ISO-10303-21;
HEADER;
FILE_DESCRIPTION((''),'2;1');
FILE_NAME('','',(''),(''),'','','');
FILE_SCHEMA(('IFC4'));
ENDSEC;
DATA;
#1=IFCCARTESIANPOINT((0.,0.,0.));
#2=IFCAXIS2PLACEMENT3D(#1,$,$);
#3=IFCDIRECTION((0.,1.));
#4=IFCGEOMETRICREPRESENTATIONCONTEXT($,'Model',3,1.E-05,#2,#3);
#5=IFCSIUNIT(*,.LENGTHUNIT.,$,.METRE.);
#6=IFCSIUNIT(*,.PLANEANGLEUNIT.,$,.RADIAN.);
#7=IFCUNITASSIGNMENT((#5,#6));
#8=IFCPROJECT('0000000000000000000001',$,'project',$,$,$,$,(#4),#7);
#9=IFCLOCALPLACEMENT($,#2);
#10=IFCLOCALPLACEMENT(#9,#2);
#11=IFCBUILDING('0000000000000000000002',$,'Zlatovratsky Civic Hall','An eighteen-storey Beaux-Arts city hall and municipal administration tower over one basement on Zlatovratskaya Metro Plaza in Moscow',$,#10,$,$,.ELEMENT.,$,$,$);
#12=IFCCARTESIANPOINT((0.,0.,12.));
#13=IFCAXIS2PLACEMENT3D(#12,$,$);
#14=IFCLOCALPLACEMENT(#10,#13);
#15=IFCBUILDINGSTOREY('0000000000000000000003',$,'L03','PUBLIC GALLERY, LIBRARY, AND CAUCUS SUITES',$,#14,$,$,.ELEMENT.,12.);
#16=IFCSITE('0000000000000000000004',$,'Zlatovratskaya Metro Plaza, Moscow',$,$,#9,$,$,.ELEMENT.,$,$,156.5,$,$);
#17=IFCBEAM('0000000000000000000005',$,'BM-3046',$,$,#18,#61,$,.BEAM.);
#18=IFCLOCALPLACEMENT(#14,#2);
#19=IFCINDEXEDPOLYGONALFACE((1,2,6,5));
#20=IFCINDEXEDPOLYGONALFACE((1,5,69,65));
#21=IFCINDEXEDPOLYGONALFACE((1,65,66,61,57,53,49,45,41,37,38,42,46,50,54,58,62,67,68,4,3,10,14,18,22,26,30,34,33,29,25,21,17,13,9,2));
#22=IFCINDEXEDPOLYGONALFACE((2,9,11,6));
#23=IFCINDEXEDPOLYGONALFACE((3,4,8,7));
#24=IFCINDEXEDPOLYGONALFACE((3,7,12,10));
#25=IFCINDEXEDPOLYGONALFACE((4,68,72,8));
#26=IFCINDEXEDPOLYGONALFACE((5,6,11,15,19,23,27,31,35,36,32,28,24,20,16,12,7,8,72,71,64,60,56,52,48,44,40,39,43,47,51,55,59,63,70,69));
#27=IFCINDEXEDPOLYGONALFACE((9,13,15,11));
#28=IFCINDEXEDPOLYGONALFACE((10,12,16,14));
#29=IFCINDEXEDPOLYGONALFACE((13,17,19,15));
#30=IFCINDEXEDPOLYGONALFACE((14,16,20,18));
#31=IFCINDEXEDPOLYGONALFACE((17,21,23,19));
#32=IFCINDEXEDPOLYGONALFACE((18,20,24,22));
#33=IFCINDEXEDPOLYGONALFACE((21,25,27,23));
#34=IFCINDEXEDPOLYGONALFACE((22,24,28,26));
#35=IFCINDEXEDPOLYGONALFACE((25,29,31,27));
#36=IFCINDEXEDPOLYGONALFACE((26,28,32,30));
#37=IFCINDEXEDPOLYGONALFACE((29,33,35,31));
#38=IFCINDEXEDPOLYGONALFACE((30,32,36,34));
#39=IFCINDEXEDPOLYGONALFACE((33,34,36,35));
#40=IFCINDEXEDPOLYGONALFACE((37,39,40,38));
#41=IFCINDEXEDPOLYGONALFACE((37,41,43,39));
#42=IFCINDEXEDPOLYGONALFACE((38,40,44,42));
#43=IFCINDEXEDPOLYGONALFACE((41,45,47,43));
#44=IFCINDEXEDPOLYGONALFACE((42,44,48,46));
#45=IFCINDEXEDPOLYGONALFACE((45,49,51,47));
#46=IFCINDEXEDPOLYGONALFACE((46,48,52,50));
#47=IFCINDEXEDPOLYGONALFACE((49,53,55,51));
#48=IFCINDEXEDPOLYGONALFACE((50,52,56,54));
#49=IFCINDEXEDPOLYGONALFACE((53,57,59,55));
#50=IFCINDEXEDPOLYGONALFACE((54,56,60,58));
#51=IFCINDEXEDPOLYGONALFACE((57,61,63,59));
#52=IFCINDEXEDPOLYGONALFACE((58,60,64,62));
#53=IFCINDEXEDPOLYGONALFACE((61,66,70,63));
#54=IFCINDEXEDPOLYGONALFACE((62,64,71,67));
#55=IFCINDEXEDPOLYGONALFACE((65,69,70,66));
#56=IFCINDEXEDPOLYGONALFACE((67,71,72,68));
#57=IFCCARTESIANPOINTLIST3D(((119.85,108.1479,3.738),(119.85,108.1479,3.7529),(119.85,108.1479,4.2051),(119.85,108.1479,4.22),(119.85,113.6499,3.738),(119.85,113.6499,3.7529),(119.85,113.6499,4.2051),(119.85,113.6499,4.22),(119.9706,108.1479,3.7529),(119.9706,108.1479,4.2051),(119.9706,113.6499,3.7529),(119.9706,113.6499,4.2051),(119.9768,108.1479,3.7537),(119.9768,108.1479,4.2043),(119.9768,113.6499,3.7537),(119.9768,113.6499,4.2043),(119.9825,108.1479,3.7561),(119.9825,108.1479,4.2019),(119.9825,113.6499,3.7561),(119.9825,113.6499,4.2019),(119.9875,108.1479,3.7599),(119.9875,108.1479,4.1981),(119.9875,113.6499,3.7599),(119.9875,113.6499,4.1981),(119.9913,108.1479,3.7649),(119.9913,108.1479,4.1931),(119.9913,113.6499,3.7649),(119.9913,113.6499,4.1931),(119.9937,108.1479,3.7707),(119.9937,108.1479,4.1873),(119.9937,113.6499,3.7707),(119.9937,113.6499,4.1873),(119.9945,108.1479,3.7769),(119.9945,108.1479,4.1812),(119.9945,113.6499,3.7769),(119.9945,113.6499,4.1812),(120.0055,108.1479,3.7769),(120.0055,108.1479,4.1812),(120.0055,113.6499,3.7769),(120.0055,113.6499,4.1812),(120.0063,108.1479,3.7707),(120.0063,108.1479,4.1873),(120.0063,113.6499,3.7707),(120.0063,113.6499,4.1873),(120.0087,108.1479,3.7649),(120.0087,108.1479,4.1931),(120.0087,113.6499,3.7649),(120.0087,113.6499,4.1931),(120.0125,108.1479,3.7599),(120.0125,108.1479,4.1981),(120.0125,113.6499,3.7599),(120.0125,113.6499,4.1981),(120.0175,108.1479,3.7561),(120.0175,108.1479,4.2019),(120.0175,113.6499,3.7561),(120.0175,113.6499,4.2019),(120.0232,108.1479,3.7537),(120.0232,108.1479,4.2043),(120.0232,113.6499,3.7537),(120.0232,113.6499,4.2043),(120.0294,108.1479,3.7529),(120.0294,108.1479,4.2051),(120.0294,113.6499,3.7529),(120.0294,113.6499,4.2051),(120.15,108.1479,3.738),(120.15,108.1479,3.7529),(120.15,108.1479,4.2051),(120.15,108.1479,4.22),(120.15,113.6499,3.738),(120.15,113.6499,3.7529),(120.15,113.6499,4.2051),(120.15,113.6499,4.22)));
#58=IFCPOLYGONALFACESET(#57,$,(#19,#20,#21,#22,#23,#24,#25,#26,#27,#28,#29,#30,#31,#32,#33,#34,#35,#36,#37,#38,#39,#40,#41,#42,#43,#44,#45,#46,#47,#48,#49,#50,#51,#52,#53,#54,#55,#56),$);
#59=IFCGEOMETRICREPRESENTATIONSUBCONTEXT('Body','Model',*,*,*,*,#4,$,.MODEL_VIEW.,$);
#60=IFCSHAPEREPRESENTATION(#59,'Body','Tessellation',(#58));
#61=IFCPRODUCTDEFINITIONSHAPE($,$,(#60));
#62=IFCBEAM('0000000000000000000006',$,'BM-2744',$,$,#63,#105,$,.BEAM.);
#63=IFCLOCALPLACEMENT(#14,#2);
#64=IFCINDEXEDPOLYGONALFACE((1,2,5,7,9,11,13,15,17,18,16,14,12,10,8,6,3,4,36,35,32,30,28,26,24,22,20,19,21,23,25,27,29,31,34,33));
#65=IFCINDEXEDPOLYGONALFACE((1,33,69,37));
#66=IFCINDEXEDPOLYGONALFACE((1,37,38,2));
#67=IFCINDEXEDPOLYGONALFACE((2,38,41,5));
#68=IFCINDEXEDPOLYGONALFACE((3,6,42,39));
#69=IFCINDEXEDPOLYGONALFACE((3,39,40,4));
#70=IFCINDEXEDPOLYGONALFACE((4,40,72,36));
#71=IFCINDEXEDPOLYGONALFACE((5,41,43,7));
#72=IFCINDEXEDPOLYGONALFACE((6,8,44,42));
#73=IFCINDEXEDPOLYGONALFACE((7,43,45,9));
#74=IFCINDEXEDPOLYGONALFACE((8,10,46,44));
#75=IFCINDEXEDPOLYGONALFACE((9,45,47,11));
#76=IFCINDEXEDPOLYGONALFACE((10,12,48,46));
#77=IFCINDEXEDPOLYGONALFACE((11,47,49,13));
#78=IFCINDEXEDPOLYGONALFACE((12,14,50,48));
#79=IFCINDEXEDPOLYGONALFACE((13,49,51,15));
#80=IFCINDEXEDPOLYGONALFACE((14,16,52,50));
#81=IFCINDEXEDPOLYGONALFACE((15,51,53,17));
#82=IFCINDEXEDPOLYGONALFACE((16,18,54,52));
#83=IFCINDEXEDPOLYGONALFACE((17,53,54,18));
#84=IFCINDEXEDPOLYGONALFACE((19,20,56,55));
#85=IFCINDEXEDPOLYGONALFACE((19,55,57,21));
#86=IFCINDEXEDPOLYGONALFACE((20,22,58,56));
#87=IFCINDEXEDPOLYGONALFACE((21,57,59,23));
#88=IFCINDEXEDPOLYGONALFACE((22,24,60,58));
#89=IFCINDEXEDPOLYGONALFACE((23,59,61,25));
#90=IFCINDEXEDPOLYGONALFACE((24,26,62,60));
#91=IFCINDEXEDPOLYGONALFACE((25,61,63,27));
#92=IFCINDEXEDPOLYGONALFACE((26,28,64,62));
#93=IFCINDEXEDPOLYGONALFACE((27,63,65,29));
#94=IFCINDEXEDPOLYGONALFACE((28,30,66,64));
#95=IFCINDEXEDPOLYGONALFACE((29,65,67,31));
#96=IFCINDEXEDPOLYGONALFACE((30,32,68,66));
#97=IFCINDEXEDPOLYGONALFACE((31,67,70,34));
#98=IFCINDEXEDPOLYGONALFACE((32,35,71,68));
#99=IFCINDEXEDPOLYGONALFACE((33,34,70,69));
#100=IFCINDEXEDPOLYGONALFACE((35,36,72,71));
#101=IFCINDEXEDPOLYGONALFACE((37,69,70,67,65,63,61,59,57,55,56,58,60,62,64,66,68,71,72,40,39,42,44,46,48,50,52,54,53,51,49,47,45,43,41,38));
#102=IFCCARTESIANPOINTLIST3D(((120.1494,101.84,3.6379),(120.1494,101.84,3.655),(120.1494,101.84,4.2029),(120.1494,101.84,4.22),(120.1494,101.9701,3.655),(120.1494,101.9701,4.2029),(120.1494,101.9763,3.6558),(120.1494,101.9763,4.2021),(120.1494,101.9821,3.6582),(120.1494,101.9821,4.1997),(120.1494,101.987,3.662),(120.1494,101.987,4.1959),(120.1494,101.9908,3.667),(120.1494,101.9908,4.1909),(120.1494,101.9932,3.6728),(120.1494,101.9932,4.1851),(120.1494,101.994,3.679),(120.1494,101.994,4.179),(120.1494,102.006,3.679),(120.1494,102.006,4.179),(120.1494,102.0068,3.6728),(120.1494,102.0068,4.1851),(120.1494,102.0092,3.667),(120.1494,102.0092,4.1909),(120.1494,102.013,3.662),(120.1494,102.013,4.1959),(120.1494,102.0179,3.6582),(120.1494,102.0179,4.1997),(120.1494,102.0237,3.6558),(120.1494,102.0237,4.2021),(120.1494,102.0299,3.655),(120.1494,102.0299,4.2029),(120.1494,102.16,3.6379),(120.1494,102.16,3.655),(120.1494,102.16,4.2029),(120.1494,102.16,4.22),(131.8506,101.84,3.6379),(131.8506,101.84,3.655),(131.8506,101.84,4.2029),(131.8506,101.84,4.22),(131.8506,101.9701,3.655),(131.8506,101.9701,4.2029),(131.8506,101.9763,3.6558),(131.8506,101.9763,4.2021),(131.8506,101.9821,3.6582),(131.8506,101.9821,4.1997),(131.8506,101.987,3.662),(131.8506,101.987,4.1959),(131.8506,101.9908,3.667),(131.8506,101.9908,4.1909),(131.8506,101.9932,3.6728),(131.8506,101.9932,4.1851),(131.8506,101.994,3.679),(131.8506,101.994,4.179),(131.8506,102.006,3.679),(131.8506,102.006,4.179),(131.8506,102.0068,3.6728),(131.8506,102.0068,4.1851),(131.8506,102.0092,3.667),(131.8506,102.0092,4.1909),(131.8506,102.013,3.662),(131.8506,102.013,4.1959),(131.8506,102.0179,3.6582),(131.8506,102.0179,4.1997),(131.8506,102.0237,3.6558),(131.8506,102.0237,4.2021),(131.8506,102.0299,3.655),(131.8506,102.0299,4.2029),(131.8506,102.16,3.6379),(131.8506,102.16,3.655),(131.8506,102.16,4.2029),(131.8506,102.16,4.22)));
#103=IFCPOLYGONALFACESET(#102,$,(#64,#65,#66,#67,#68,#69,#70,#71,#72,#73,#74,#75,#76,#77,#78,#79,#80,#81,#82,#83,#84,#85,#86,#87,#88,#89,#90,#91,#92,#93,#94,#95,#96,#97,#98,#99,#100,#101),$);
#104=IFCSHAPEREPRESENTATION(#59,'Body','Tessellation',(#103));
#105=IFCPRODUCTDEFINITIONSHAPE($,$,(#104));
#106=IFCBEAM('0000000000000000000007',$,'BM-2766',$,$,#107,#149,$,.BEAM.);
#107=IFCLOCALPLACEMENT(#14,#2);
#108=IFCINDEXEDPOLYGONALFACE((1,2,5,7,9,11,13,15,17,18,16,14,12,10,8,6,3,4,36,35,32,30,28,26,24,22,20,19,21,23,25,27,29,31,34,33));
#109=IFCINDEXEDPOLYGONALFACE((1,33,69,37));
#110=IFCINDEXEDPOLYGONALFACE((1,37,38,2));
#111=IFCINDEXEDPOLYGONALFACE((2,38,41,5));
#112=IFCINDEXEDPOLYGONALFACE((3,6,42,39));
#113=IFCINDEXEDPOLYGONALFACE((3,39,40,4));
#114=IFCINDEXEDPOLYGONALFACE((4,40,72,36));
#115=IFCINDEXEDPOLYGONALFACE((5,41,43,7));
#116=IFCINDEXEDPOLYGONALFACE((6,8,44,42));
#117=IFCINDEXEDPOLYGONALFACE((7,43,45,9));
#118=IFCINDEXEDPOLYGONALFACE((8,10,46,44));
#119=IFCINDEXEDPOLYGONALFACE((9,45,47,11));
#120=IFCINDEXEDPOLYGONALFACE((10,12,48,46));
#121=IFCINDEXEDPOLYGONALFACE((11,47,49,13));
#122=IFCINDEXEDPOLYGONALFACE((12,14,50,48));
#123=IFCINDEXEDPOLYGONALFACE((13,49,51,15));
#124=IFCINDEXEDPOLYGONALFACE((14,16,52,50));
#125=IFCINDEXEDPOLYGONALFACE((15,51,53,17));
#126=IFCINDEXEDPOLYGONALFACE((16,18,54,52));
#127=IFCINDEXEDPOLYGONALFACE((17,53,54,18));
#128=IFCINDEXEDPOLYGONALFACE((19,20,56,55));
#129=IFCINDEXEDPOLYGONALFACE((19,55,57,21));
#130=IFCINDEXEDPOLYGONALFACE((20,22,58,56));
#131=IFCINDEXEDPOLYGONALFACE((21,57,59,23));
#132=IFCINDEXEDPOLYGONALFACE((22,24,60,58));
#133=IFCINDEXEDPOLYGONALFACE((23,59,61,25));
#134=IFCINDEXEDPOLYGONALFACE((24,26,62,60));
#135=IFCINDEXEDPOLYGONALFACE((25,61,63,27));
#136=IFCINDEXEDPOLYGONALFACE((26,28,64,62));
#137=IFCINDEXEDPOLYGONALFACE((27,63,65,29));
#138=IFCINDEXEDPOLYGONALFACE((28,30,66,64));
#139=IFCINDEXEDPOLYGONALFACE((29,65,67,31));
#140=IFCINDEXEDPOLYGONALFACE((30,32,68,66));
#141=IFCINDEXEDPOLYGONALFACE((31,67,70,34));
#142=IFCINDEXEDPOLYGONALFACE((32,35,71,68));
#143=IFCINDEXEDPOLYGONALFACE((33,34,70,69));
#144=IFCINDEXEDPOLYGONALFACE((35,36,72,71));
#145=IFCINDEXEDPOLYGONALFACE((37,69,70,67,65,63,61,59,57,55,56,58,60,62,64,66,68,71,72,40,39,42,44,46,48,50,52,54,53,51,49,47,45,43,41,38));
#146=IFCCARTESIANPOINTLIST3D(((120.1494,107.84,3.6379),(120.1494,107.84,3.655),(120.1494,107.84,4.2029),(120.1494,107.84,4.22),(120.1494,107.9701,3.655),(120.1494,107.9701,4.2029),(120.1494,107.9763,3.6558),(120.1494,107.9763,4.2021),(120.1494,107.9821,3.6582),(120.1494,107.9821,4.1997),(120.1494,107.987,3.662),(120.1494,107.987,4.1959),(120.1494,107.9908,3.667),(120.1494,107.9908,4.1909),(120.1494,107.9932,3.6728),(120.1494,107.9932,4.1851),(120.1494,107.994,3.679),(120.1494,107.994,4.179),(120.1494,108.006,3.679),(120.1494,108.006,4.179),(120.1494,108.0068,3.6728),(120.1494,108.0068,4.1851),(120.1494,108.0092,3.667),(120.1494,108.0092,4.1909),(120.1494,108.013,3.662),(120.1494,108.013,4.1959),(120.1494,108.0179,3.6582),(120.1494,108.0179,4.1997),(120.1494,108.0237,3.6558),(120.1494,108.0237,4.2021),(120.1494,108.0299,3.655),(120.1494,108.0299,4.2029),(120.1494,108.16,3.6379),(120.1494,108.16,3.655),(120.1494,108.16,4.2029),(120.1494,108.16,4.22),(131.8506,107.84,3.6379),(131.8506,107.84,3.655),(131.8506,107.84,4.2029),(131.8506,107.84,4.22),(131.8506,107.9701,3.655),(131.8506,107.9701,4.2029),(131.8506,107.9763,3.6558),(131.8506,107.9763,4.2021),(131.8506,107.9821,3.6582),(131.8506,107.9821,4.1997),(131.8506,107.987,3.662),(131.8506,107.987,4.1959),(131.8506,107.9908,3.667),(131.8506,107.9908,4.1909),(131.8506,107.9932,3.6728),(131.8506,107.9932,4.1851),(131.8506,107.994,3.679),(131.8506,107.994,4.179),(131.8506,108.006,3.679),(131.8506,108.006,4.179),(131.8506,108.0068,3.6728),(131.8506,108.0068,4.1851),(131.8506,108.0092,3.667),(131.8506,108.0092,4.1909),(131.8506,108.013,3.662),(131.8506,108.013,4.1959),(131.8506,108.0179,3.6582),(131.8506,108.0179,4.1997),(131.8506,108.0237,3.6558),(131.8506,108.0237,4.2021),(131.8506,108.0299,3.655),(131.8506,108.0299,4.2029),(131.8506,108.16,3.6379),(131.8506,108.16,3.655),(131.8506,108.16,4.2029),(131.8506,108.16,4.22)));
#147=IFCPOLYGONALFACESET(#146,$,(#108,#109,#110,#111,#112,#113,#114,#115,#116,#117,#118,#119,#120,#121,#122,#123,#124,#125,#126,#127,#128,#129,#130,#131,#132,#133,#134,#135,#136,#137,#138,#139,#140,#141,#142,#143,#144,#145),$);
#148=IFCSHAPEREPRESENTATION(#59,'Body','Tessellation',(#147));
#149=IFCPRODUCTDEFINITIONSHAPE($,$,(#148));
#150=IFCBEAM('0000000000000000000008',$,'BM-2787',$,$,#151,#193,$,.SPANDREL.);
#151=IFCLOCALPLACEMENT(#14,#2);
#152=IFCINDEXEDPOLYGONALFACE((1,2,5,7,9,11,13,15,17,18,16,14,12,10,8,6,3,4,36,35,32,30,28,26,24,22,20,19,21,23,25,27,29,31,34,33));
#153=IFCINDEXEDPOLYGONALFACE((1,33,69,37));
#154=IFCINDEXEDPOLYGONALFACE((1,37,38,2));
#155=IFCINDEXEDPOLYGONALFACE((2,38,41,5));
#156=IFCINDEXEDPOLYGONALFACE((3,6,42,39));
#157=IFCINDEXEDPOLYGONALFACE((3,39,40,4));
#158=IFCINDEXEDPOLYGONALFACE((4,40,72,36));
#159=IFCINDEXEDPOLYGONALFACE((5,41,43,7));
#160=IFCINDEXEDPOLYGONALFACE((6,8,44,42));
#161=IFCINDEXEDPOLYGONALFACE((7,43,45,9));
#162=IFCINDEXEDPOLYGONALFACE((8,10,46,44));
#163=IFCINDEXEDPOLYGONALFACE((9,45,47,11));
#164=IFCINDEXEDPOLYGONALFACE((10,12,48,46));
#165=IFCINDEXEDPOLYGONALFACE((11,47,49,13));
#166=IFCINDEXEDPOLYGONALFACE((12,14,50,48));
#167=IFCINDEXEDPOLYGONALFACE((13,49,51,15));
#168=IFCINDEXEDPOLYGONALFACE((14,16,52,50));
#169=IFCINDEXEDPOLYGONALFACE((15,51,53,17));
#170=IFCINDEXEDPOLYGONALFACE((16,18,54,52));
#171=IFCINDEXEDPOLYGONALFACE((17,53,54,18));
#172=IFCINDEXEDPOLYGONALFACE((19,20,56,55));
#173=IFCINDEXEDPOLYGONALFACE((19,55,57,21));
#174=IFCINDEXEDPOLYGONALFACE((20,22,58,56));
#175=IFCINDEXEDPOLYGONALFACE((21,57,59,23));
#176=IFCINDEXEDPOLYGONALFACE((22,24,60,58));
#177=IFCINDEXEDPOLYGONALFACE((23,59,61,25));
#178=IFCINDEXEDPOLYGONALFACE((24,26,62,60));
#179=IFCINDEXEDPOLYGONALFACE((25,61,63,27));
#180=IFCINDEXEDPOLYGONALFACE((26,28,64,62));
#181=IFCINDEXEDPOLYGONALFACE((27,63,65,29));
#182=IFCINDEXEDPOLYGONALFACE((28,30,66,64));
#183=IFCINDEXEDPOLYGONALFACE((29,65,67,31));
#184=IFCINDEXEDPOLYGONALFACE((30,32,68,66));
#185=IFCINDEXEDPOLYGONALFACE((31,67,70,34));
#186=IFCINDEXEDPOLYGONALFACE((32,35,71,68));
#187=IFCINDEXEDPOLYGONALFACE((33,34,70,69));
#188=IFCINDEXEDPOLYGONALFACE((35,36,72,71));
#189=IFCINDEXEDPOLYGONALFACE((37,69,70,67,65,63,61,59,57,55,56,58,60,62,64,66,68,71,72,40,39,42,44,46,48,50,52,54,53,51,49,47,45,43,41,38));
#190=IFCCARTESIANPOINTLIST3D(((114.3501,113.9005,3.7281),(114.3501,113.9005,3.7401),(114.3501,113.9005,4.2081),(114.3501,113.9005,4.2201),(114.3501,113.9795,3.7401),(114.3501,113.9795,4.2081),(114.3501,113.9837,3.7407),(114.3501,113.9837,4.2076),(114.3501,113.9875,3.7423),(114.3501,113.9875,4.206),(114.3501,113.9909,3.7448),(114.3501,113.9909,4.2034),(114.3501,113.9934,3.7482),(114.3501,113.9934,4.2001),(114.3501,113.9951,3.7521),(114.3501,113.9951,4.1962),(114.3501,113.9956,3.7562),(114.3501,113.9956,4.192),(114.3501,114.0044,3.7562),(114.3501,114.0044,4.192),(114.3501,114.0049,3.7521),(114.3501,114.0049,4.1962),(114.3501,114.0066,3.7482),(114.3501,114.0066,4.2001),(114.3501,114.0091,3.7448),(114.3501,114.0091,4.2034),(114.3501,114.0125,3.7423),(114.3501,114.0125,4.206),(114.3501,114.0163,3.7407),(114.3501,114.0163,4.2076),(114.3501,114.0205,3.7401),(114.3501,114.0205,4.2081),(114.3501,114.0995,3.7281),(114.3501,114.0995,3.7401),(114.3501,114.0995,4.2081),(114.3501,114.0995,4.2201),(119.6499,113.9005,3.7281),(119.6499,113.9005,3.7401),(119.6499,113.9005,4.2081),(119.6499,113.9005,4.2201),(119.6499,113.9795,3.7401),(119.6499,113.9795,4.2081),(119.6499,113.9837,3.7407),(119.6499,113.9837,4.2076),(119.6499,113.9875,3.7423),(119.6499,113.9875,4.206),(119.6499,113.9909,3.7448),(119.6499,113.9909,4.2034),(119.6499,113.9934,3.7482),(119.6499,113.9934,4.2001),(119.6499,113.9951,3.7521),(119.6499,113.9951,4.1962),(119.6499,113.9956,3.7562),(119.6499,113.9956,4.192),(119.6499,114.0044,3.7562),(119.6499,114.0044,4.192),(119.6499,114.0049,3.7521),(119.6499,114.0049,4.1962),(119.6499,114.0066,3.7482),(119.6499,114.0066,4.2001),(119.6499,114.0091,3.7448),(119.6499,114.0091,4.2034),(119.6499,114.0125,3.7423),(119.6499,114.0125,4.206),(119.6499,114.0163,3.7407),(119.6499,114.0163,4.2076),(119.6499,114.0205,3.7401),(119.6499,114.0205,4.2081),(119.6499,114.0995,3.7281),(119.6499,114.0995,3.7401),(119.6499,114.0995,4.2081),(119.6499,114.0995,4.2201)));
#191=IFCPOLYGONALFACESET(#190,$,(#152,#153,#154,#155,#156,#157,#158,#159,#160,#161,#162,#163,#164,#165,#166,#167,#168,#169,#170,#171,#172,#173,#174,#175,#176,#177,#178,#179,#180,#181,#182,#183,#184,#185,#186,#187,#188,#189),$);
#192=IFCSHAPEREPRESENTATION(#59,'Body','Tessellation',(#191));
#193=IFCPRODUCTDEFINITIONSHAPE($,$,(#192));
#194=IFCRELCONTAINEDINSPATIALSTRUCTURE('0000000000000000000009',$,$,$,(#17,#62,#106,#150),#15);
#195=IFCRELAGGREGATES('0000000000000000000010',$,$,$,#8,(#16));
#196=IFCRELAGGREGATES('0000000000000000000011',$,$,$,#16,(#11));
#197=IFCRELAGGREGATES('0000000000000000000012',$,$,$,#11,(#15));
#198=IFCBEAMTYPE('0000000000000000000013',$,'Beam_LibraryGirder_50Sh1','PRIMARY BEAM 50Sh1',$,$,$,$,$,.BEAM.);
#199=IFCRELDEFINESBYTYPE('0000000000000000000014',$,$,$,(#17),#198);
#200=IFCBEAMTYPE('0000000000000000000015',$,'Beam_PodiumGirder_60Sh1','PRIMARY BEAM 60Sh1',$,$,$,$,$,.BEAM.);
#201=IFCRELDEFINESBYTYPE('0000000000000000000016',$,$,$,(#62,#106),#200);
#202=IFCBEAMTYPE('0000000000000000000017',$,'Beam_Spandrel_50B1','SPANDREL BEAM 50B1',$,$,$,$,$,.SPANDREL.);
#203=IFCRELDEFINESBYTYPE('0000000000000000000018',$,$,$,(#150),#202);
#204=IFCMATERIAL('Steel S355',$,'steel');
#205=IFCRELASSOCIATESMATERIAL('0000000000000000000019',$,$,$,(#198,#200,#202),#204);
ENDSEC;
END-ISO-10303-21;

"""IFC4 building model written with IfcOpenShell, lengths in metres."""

from ifc_helpers import new_model, si_unit, direction, frame, origin, origin_2d, place, context, subcontext, project, spatial, i_section, extrude, material, material_profile, profile_set, type_object, element, save


model = new_model("IFC4")

# Units and contexts
model_context = context("Model", 3, precision=1e-05, world=origin(), true_north=direction((0.0, 1.0)))
body_context = subcontext(model_context, "Body", "Model", "MODEL_VIEW")
ifc_project = project(units=[si_unit("LENGTHUNIT", "METRE"), si_unit("PLANEANGLEUNIT", "RADIAN")], contexts=[model_context])

# Site, building, storey
site_placement = place(None, origin())
site = spatial("IfcSite", under=ifc_project, at=site_placement, Name="Zlatovratskaya Metro Plaza, Moscow", CompositionType="ELEMENT", RefElevation=156.5)
building_placement = place(site_placement, origin())
building = spatial("IfcBuilding", under=site, at=building_placement, Name="Zlatovratsky Civic Hall", Description="An eighteen-storey Beaux-Arts city hall and municipal administration tower over one basement on Zlatovratskaya Metro Plaza in Moscow", CompositionType="ELEMENT")
storey_placement = place(building_placement, frame((0.0, 0.0, 12.0)))
storey = spatial("IfcBuildingStorey", under=building, at=storey_placement, Name="L03", Description="PUBLIC GALLERY, LIBRARY, AND CAUCUS SUITES", CompositionType="ELEMENT", Elevation=12.0)

# Shared definitions
ifc_material_1 = material(Name="Steel S355", Category="steel")

# Beams
ifc_material_profile_1 = material_profile(ifc_material_1, i_section(OverallWidth=0.3, OverallDepth=0.4819, WebThickness=0.011, FlangeThickness=0.0149, FilletRadius=0.0239, at=origin_2d()), Name="50Sh1")
ifc_profile_set_1 = profile_set([ifc_material_profile_1], Name="Steel S355")
beam_type_1 = type_object("IfcBeamType", Name="Beam_LibraryGirder_50Sh1", Description="PRIMARY BEAM 50Sh1", PredefinedType="BEAM", material=ifc_profile_set_1)
beam_1_placement = place(storey_placement, frame((120.0, 108.1479, 3.979), z_axis=(0.0, 1.0, 0.0), x_axis=(-1.0, 0.0, 0.0)))
element("IfcBeam", 1, at=beam_1_placement, inside=storey, type_object=beam_type_1, Name="BM-3046", PredefinedType="BEAM", context=body_context, shape_type="SweptSolid", body=[
    extrude(i_section(OverallWidth=0.3, OverallDepth=0.4819, WebThickness=0.011, FlangeThickness=0.0149, FilletRadius=0.0239, at=origin_2d()), origin(), (0.0, 0.0, 1.0), 5.502),
])
ifc_material_profile_2 = material_profile(ifc_material_1, i_section(OverallWidth=0.3201, OverallDepth=0.582, WebThickness=0.012, FlangeThickness=0.0171, FilletRadius=0.0239, at=origin_2d()), Name="60Sh1")
ifc_profile_set_2 = profile_set([ifc_material_profile_2], Name="Steel S355")
beam_type_2 = type_object("IfcBeamType", Name="Beam_PodiumGirder_60Sh1", Description="PRIMARY BEAM 60Sh1", PredefinedType="BEAM", material=ifc_profile_set_2)
for number, where, z_axis, x_axis, name in (
    (2, (120.1494, 102.0, 3.929), (1.0, 0.0, 0.0), (0.0, 1.0, 0.0), "BM-2744"),
    (3, (120.1494, 108.0, 3.929), (1.0, 0.0, 0.0), (0.0, 1.0, 0.0), "BM-2766"),
):
    element("IfcBeam", number, at=place(storey_placement, frame(where, z_axis=z_axis, x_axis=x_axis)), inside=storey, type_object=beam_type_2, Name=name, PredefinedType="BEAM", context=body_context, shape_type="SweptSolid", body=[
        extrude(i_section(OverallWidth=0.3201, OverallDepth=0.582, WebThickness=0.012, FlangeThickness=0.0171, FilletRadius=0.0239, at=origin_2d()), origin(), (0.0, 0.0, 1.0), 11.7012),
    ])
ifc_material_profile_3 = material_profile(ifc_material_1, i_section(OverallWidth=0.199, OverallDepth=0.4919, WebThickness=0.0088, FlangeThickness=0.012, FilletRadius=0.0161, at=origin_2d()), Name="50B1")
ifc_profile_set_3 = profile_set([ifc_material_profile_3], Name="Steel S355")
beam_type_3 = type_object("IfcBeamType", Name="Beam_Spandrel_50B1", Description="SPANDREL BEAM 50B1", PredefinedType="SPANDREL", material=ifc_profile_set_3)
beam_2_placement = place(storey_placement, frame((114.3501, 114.0, 3.9741), z_axis=(1.0, 0.0, 0.0), x_axis=(0.0, 1.0, 0.0)))
element("IfcBeam", 4, at=beam_2_placement, inside=storey, type_object=beam_type_3, Name="BM-2787", PredefinedType="SPANDREL", context=body_context, shape_type="SweptSolid", body=[
    extrude(i_section(OverallWidth=0.199, OverallDepth=0.4919, WebThickness=0.0088, FlangeThickness=0.012, FilletRadius=0.0161, at=origin_2d()), origin(), (0.0, 0.0, 1.0), 5.2998),
])

save(model, "model.ifc")
